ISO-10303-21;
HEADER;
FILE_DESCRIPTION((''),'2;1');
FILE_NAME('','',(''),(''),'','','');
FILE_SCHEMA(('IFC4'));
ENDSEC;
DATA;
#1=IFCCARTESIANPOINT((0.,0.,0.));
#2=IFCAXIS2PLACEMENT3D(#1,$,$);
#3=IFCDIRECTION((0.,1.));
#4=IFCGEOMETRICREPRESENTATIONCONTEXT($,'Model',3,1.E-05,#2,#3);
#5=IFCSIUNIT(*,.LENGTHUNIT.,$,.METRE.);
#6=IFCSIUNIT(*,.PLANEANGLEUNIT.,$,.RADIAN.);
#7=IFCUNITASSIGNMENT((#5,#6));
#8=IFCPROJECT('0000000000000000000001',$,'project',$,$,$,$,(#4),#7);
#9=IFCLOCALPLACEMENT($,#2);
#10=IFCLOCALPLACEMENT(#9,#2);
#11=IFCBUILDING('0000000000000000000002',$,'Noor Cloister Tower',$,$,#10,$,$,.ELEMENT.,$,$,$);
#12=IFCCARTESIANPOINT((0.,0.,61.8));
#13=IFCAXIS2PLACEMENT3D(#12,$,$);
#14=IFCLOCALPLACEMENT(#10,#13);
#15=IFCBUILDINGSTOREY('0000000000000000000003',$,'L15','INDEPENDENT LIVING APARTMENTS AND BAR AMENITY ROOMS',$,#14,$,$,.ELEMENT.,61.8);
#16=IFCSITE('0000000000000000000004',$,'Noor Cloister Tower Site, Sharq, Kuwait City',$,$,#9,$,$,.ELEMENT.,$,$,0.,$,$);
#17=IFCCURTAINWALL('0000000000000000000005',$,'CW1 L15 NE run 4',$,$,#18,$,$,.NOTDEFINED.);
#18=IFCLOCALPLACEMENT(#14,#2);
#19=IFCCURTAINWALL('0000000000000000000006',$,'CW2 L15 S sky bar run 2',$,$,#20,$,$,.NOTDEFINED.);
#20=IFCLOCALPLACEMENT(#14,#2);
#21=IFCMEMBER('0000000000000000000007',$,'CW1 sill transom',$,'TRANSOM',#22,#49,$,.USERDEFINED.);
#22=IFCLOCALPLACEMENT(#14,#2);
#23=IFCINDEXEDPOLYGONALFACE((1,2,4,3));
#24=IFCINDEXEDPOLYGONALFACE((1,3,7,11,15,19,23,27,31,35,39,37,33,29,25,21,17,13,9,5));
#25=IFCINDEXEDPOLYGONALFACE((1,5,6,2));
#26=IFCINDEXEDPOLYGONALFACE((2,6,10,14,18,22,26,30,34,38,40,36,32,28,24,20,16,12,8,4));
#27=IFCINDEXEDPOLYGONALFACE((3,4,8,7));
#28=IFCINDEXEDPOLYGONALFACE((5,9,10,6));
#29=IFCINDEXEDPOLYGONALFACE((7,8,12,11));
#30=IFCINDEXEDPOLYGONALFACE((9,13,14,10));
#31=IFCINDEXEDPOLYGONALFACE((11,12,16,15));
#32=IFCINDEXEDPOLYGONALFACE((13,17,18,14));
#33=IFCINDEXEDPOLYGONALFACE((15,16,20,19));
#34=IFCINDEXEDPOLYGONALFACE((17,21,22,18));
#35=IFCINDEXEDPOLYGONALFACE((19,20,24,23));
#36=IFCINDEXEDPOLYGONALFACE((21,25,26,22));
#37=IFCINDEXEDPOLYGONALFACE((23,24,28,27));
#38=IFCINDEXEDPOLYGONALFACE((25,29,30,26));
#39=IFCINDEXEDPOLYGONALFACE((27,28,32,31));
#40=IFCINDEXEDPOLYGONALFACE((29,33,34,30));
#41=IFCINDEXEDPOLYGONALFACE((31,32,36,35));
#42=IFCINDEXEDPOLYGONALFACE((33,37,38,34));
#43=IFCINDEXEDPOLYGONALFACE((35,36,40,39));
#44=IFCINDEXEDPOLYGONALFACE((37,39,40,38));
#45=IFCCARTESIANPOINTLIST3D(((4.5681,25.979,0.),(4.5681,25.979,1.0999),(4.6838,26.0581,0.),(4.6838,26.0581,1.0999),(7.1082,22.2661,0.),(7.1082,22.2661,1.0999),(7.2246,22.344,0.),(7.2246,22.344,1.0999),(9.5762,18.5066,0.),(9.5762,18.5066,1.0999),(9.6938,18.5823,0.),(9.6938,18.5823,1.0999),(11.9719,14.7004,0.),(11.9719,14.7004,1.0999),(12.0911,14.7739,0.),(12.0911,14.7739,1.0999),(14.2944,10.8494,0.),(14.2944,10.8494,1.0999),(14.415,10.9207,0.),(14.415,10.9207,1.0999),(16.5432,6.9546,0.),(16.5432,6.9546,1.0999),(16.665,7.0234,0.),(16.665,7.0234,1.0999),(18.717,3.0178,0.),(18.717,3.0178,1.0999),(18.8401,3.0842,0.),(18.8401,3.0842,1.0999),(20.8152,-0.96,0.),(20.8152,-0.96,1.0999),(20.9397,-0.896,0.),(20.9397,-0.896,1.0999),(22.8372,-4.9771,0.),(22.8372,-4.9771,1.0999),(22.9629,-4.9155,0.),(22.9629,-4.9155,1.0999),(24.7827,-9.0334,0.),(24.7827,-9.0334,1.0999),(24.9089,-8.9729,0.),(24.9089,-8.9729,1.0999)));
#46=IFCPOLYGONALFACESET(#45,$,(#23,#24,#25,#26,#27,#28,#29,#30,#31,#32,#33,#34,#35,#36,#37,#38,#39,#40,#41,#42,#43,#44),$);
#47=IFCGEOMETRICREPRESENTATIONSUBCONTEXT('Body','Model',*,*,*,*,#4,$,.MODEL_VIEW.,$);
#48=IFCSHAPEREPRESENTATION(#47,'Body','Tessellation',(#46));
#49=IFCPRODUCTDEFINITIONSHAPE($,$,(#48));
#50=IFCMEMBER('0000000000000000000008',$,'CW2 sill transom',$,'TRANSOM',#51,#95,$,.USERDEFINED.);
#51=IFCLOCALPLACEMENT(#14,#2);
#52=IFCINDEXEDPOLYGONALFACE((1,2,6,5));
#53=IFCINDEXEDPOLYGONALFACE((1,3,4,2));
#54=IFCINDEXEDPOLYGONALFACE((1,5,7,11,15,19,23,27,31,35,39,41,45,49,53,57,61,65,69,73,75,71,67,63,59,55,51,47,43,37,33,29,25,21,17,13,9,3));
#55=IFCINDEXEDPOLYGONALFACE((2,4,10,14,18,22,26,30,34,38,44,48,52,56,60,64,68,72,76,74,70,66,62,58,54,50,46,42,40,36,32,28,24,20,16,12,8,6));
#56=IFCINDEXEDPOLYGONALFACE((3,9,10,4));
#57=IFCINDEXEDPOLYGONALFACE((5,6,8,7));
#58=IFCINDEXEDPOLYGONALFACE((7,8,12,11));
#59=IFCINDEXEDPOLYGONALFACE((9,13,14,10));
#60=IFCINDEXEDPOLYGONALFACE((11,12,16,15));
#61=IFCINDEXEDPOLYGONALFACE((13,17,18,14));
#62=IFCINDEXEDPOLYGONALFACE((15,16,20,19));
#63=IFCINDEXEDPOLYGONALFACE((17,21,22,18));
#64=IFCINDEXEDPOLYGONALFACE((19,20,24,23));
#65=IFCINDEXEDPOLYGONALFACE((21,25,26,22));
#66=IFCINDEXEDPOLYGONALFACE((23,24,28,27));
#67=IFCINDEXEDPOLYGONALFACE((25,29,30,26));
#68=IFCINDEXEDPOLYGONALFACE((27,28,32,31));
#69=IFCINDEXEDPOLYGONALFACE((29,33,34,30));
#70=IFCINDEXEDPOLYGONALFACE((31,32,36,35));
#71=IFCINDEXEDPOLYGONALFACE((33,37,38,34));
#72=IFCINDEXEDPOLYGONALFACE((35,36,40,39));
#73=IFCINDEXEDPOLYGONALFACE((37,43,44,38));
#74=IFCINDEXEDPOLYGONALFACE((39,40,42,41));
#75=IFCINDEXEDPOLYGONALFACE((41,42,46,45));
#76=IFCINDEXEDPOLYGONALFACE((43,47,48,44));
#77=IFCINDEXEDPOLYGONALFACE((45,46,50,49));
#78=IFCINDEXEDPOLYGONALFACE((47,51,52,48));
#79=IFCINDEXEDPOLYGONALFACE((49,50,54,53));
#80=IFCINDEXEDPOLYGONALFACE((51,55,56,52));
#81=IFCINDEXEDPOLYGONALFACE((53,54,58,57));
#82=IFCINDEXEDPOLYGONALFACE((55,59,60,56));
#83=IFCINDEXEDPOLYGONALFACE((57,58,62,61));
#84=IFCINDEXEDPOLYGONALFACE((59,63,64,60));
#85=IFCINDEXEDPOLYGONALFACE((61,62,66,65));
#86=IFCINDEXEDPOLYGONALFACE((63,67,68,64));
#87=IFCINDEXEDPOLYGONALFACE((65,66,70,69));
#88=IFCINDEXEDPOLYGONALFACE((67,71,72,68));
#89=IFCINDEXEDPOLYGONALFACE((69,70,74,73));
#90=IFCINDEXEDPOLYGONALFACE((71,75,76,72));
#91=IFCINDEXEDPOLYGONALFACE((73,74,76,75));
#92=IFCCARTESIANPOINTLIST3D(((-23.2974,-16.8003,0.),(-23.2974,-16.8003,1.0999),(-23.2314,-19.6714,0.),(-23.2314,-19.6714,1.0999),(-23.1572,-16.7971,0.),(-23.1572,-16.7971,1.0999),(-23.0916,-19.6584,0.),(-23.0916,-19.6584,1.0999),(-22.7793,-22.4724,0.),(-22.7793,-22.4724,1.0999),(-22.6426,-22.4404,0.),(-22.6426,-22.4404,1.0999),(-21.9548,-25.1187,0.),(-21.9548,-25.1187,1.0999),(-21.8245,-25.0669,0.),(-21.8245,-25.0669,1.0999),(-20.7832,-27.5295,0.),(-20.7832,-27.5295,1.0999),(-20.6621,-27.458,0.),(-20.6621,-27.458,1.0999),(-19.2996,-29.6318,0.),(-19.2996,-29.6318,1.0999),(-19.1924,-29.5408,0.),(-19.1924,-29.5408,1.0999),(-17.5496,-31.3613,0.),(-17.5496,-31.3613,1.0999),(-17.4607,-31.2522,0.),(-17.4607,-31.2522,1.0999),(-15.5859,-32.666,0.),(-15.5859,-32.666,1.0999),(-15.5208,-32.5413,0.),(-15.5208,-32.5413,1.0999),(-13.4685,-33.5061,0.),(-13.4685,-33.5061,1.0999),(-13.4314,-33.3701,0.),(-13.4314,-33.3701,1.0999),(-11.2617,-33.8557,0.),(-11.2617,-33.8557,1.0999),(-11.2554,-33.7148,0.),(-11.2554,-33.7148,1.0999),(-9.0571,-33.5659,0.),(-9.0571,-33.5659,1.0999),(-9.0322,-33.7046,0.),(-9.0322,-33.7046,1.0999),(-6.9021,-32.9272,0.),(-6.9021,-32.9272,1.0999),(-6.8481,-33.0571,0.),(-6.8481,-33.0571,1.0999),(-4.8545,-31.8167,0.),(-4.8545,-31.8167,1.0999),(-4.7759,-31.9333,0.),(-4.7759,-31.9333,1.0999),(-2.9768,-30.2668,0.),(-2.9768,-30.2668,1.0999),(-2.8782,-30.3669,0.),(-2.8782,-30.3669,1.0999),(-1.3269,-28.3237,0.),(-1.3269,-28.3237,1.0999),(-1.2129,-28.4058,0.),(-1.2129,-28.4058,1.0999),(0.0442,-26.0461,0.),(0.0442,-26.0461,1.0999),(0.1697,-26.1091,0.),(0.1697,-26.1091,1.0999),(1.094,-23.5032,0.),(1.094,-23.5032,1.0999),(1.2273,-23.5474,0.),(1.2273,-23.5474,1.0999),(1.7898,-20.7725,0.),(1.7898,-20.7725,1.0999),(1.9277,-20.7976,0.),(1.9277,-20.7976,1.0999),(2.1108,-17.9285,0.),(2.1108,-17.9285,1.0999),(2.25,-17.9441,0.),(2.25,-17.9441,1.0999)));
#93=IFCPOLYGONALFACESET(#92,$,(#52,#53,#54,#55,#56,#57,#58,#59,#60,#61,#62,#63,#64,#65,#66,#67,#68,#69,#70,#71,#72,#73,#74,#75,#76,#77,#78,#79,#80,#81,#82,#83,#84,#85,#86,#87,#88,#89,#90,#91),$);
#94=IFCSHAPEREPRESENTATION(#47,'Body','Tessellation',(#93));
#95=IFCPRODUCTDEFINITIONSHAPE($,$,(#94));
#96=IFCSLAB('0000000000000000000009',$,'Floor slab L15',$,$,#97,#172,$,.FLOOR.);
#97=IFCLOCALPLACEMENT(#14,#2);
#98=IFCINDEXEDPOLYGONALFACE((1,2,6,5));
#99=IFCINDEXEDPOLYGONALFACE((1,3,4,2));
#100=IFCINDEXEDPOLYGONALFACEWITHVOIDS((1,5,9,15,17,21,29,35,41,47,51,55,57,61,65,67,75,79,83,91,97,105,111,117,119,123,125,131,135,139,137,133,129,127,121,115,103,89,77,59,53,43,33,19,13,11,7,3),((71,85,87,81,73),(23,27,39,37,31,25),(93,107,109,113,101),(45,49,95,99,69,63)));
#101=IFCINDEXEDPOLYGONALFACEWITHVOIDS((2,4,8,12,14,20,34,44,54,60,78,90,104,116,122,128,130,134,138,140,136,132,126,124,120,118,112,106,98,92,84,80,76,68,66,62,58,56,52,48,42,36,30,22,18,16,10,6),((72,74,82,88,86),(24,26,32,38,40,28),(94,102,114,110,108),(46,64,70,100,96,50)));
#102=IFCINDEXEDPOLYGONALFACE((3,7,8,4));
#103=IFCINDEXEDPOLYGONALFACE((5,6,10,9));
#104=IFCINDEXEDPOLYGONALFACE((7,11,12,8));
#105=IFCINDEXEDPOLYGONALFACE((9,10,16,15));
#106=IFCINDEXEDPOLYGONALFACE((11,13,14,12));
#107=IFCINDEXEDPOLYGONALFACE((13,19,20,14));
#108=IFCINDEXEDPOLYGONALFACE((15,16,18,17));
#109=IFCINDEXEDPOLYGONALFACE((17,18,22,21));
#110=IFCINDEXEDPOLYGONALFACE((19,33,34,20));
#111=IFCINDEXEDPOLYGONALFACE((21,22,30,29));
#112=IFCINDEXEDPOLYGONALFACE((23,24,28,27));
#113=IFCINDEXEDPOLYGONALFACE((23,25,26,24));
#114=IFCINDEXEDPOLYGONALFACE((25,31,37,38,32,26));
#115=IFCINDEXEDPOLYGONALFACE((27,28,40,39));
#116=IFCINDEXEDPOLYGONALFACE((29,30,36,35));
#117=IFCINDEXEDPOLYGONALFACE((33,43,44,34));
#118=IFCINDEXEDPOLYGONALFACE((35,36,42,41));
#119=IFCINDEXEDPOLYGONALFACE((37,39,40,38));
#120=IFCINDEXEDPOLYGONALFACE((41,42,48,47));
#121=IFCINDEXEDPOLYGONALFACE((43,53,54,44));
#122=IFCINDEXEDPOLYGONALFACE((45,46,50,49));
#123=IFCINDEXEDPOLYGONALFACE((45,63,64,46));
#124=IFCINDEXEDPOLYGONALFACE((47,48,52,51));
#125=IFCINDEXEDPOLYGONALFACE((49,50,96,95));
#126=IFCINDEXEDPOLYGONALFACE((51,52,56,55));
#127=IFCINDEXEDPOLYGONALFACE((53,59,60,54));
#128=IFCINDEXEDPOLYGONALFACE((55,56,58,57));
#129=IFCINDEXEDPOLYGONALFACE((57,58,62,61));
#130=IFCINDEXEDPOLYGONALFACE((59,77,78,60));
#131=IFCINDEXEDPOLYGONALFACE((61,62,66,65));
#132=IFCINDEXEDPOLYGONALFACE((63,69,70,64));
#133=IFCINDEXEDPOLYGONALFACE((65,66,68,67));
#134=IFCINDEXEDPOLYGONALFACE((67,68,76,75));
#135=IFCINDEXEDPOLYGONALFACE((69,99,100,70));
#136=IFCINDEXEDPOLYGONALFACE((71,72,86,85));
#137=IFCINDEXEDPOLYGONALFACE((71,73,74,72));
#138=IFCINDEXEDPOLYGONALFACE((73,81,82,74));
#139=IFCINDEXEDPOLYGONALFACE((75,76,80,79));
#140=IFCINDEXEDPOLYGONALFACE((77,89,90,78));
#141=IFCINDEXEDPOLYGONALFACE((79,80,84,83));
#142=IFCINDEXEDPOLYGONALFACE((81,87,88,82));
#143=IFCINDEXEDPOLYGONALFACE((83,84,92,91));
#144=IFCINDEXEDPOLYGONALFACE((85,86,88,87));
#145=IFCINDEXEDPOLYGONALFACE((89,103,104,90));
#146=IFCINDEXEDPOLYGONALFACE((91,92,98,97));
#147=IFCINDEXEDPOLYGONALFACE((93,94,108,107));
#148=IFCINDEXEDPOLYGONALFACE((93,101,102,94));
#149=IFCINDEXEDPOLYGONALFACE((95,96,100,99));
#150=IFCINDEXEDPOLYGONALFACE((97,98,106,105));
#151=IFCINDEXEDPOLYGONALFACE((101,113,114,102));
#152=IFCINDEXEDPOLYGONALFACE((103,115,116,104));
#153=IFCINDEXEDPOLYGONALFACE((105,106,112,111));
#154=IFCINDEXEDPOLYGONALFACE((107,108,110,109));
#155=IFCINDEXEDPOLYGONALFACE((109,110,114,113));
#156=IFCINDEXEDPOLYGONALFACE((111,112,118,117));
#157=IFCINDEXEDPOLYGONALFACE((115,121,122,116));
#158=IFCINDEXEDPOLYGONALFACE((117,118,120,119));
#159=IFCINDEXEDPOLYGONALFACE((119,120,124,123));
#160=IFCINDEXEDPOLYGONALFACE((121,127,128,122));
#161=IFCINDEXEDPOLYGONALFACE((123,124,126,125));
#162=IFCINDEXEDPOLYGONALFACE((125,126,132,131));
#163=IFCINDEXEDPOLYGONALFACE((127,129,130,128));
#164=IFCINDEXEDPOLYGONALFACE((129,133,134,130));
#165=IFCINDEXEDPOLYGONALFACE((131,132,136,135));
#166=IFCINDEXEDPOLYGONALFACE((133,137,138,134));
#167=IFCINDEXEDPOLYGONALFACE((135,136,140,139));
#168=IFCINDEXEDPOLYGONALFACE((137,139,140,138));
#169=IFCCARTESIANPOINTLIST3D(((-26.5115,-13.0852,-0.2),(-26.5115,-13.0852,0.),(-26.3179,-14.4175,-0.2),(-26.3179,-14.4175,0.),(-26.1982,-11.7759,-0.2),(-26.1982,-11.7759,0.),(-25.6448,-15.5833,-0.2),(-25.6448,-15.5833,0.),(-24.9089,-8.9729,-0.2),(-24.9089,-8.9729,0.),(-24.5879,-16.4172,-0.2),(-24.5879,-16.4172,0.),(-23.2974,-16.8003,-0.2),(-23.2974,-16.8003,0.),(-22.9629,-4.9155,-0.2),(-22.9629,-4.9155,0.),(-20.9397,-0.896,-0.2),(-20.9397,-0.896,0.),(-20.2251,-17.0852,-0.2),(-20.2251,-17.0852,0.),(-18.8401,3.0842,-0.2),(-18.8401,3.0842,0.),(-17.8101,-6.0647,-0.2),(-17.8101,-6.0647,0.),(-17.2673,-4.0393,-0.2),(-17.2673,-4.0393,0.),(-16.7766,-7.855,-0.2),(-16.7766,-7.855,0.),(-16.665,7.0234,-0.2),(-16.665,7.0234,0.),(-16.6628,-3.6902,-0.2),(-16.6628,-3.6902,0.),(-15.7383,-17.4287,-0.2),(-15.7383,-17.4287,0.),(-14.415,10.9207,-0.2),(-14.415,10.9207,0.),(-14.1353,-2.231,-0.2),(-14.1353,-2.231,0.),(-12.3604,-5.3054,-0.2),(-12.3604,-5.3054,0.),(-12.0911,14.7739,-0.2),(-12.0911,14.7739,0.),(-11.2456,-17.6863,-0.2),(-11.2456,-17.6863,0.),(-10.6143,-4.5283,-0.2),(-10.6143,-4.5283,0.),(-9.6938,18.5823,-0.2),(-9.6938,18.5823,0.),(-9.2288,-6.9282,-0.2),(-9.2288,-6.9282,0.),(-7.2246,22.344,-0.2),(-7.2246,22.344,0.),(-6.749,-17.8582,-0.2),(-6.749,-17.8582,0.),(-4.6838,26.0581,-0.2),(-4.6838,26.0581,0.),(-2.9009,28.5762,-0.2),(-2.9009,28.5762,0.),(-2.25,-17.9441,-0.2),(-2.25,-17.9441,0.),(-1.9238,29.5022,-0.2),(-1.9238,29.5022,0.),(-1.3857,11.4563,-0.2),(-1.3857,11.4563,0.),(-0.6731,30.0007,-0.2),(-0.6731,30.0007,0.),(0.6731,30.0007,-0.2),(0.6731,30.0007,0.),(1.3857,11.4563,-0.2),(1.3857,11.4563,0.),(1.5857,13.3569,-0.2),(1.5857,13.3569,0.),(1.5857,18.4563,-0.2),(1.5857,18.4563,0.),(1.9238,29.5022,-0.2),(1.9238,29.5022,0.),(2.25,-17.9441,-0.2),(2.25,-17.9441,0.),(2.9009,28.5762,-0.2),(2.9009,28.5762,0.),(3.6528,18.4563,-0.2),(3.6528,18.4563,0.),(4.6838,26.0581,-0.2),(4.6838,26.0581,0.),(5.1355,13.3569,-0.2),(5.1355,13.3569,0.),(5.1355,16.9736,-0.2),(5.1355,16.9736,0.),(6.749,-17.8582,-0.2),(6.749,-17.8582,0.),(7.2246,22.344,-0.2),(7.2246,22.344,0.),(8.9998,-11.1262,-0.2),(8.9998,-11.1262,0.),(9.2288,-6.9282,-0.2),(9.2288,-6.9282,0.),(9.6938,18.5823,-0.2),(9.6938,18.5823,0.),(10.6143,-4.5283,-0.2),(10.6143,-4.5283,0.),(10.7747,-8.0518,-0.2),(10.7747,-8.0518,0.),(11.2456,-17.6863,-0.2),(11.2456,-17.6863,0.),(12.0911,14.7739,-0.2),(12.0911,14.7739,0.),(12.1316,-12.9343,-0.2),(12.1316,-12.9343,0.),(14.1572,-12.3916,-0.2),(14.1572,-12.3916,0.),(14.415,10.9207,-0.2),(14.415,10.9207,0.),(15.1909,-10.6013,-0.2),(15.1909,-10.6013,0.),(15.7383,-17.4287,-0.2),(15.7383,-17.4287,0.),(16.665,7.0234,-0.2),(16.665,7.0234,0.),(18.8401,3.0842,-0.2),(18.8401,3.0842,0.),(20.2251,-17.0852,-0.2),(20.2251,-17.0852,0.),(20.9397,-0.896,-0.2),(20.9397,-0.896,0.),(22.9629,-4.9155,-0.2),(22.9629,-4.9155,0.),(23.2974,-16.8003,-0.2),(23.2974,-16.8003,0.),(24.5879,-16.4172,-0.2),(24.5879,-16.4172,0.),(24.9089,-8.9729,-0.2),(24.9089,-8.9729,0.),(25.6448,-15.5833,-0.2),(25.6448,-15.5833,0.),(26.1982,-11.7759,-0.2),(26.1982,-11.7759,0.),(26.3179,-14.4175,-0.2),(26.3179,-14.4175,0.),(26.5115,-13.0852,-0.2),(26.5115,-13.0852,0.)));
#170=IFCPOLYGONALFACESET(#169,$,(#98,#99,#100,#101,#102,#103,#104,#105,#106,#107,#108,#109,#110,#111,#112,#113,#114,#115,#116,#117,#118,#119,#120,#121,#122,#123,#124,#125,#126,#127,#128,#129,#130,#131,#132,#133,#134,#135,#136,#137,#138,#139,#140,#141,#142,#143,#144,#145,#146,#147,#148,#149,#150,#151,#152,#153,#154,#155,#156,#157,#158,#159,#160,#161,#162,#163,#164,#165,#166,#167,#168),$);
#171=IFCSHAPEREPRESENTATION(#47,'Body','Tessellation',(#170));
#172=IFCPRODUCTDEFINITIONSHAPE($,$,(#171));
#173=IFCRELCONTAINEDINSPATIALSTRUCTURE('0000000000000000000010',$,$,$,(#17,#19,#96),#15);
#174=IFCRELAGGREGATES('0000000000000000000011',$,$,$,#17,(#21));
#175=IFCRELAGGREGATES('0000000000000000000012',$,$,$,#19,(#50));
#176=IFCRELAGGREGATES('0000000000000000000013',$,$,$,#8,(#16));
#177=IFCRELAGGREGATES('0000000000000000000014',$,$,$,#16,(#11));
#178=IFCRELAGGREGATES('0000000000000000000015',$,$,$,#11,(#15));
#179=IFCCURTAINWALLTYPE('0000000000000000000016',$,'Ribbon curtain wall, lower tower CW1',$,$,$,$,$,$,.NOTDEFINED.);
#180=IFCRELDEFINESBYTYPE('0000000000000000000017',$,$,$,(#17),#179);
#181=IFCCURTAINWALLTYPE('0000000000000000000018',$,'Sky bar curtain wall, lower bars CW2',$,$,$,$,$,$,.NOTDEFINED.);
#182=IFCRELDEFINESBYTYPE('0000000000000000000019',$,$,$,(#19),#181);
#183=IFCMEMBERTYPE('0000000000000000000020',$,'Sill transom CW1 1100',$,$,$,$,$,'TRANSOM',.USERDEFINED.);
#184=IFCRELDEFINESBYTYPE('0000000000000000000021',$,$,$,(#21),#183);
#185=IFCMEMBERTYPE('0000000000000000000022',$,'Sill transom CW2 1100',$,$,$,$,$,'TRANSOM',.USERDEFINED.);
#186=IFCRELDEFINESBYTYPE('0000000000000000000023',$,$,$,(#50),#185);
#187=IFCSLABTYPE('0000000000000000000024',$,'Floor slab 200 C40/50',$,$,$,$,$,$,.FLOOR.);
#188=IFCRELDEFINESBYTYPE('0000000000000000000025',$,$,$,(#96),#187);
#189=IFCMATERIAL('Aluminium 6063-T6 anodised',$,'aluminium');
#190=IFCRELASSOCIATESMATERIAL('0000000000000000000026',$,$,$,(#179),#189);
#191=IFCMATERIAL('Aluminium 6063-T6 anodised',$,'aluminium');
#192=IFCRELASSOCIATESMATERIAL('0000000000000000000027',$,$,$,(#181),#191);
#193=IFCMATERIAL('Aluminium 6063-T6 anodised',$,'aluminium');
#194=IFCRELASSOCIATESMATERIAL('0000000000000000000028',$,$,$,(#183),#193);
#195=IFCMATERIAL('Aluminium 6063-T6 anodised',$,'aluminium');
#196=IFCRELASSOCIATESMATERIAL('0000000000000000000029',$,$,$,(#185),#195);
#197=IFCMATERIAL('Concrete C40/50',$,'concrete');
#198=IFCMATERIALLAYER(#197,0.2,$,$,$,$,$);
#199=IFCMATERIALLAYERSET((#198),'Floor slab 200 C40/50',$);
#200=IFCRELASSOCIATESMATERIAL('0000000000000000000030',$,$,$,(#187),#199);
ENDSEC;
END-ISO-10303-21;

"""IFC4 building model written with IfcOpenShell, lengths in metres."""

from ifc_helpers import new_model, si_unit, direction, frame, origin, place, context, subcontext, project, spatial, polyline, outline, extrude, material, layer, layer_set, type_object, element, aggregate, save


model = new_model("IFC4")

# Units and contexts
model_context = context("Model", 3, precision=1e-05, world=origin(), true_north=direction((0.0, 1.0)))
body_context = subcontext(model_context, "Body", "Model", "MODEL_VIEW")
ifc_project = project(units=[si_unit("LENGTHUNIT", "METRE"), si_unit("PLANEANGLEUNIT", "RADIAN")], contexts=[model_context])

# Site, building, storey
site_placement = place(None, origin())
site = spatial("IfcSite", under=ifc_project, at=site_placement, Name="Noor Cloister Tower Site, Sharq, Kuwait City", CompositionType="ELEMENT", RefElevation=0.0)
building_placement = place(site_placement, origin())
building = spatial("IfcBuilding", under=site, at=building_placement, Name="Noor Cloister Tower", CompositionType="ELEMENT")
storey_placement = place(building_placement, frame((0.0, 0.0, 61.8)))
storey = spatial("IfcBuildingStorey", under=building, at=storey_placement, Name="L15", Description="INDEPENDENT LIVING APARTMENTS AND BAR AMENITY ROOMS", CompositionType="ELEMENT", Elevation=61.8)

# Curtain walls
ifc_material_1 = material(Name="Aluminium 6063-T6 anodised", Category="aluminium")
curtain_wall_type_1 = type_object("IfcCurtainWallType", Name="Ribbon curtain wall, lower tower CW1", PredefinedType="NOTDEFINED", material=ifc_material_1)
curtain_wall_1_placement = place(storey_placement, origin())
curtain_wall_1 = element("IfcCurtainWall", 1, at=curtain_wall_1_placement, inside=storey, type_object=curtain_wall_type_1, Name="CW1 L15 NE run 4", PredefinedType="NOTDEFINED")
ifc_material_2 = material(Name="Aluminium 6063-T6 anodised", Category="aluminium")
curtain_wall_type_2 = type_object("IfcCurtainWallType", Name="Sky bar curtain wall, lower bars CW2", PredefinedType="NOTDEFINED", material=ifc_material_2)
curtain_wall_2_placement = place(storey_placement, origin())
curtain_wall_2 = element("IfcCurtainWall", 2, at=curtain_wall_2_placement, inside=storey, type_object=curtain_wall_type_2, Name="CW2 L15 S sky bar run 2", PredefinedType="NOTDEFINED")

# Members
ifc_material_3 = material(Name="Aluminium 6063-T6 anodised", Category="aluminium")
member_type_1 = type_object("IfcMemberType", Name="Sill transom CW1 1100", ElementType="TRANSOM", PredefinedType="USERDEFINED", material=ifc_material_3)
member_1_placement = place(storey_placement, origin())
member_1 = element("IfcMember", 3, at=member_1_placement, type_object=member_type_1, Name="CW1 sill transom", ObjectType="TRANSOM", PredefinedType="USERDEFINED", context=body_context, shape_type="SweptSolid", body=[
    extrude(outline(polyline([(24.9089, -8.9729), (22.9629, -4.9155), (20.9397, -0.896), (18.8401, 3.0842), (16.665, 7.0234), (14.415, 10.9207), (12.0911, 14.7739), (9.6938, 18.5823), (7.2246, 22.344), (4.6838, 26.0581), (4.5681, 25.979), (7.1082, 22.2661), (9.5762, 18.5066), (11.9719, 14.7004), (14.2944, 10.8494), (16.5432, 6.9546), (18.717, 3.0178), (20.8152, -0.96), (22.8372, -4.9771), (24.7827, -9.0334), (24.9089, -8.9729)])), origin(), (0.0, 0.0, 1.0), 1.0999),
])
aggregate(curtain_wall_1, [member_1])
ifc_material_4 = material(Name="Aluminium 6063-T6 anodised", Category="aluminium")
member_type_2 = type_object("IfcMemberType", Name="Sill transom CW2 1100", ElementType="TRANSOM", PredefinedType="USERDEFINED", material=ifc_material_4)
member_2_placement = place(storey_placement, origin())
member_2 = element("IfcMember", 4, at=member_2_placement, type_object=member_type_2, Name="CW2 sill transom", ObjectType="TRANSOM", PredefinedType="USERDEFINED", context=body_context, shape_type="SweptSolid", body=[
    extrude(outline(polyline([(-23.2974, -16.8003), (-23.2314, -19.6714), (-22.7793, -22.4724), (-21.9548, -25.1187), (-20.7832, -27.5295), (-19.2996, -29.6318), (-17.5496, -31.3613), (-15.5859, -32.666), (-13.4685, -33.5061), (-11.2617, -33.8557), (-9.0322, -33.7046), (-6.8481, -33.0571), (-4.7759, -31.9333), (-2.8782, -30.3669), (-1.2129, -28.4058), (0.1697, -26.1091), (1.2273, -23.5474), (1.9277, -20.7976), (2.25, -17.9441), (2.1108, -17.9285), (1.7898, -20.7725), (1.094, -23.5032), (0.0442, -26.0461), (-1.3269, -28.3237), (-2.9768, -30.2668), (-4.8545, -31.8167), (-6.9021, -32.9272), (-9.0571, -33.5659), (-11.2554, -33.7148), (-13.4314, -33.3701), (-15.5208, -32.5413), (-17.4607, -31.2522), (-19.1924, -29.5408), (-20.6621, -27.458), (-21.8245, -25.0669), (-22.6426, -22.4404), (-23.0916, -19.6584), (-23.1572, -16.7971), (-23.2974, -16.8003)])), origin(), (0.0, 0.0, 1.0), 1.0999),
])
aggregate(curtain_wall_2, [member_2])

# Slab
ifc_material_5 = material(Name="Concrete C40/50", Category="concrete")
ifc_layer_1 = layer(ifc_material_5, 0.2)
ifc_layer_set_1 = layer_set([ifc_layer_1], Name="Floor slab 200 C40/50")
slab_type_1 = type_object("IfcSlabType", Name="Floor slab 200 C40/50", PredefinedType="FLOOR", material=ifc_layer_set_1)
slab_1_placement = place(storey_placement, frame((0.0, 0.0, -0.2)))
element("IfcSlab", 5, at=slab_1_placement, inside=storey, type_object=slab_type_1, Name="Floor slab L15", PredefinedType="FLOOR", context=body_context, shape_type="SweptSolid", body=[
    extrude(outline(polyline([(2.9009, 28.5762), (1.9238, 29.5022), (0.6731, 30.0007), (-0.6731, 30.0007), (-1.9238, 29.5022), (-2.9009, 28.5762), (-4.6838, 26.0581), (-7.2246, 22.344), (-9.6938, 18.5823), (-12.0911, 14.7739), (-14.415, 10.9207), (-16.665, 7.0234), (-18.8401, 3.0842), (-20.9397, -0.896), (-22.9629, -4.9155), (-24.9089, -8.9729), (-26.1982, -11.7759), (-26.5115, -13.0852), (-26.3179, -14.4175), (-25.6448, -15.5833), (-24.5879, -16.4172), (-23.2974, -16.8003), (-20.2251, -17.0852), (-15.7383, -17.4287), (-11.2456, -17.6863), (-6.749, -17.8582), (-2.25, -17.9441), (2.25, -17.9441), (6.749, -17.8582), (11.2456, -17.6863), (15.7383, -17.4287), (20.2251, -17.0852), (23.2974, -16.8003), (24.5879, -16.4172), (25.6448, -15.5833), (26.3179, -14.4175), (26.5115, -13.0852), (26.1982, -11.7759), (24.9089, -8.9729), (22.9629, -4.9155), (20.9397, -0.896), (18.8401, 3.0842), (16.665, 7.0234), (14.415, 10.9207), (12.0911, 14.7739), (9.6938, 18.5823), (7.2246, 22.344), (4.6838, 26.0581), (2.9009, 28.5762)]), holes=[polyline([(8.9998, -11.1262), (12.1316, -12.9343), (14.1572, -12.3916), (15.1909, -10.6013), (10.7747, -8.0518), (8.9998, -11.1262)]), polyline([(-17.8101, -6.0647), (-16.7766, -7.855), (-12.3604, -5.3054), (-14.1353, -2.231), (-16.6628, -3.6902), (-17.2673, -4.0393), (-17.8101, -6.0647)]), polyline([(-10.6143, -4.5283), (-9.2288, -6.9282), (9.2288, -6.9282), (10.6143, -4.5283), (1.3857, 11.4563), (-1.3857, 11.4563), (-10.6143, -4.5283)]), polyline([(3.6528, 18.4563), (1.5857, 18.4563), (1.5857, 13.3569), (5.1355, 13.3569), (5.1355, 16.9736), (3.6528, 18.4563)])]), origin(), (0.0, 0.0, 1.0), 0.2),
])

save(model, "model.ifc")
